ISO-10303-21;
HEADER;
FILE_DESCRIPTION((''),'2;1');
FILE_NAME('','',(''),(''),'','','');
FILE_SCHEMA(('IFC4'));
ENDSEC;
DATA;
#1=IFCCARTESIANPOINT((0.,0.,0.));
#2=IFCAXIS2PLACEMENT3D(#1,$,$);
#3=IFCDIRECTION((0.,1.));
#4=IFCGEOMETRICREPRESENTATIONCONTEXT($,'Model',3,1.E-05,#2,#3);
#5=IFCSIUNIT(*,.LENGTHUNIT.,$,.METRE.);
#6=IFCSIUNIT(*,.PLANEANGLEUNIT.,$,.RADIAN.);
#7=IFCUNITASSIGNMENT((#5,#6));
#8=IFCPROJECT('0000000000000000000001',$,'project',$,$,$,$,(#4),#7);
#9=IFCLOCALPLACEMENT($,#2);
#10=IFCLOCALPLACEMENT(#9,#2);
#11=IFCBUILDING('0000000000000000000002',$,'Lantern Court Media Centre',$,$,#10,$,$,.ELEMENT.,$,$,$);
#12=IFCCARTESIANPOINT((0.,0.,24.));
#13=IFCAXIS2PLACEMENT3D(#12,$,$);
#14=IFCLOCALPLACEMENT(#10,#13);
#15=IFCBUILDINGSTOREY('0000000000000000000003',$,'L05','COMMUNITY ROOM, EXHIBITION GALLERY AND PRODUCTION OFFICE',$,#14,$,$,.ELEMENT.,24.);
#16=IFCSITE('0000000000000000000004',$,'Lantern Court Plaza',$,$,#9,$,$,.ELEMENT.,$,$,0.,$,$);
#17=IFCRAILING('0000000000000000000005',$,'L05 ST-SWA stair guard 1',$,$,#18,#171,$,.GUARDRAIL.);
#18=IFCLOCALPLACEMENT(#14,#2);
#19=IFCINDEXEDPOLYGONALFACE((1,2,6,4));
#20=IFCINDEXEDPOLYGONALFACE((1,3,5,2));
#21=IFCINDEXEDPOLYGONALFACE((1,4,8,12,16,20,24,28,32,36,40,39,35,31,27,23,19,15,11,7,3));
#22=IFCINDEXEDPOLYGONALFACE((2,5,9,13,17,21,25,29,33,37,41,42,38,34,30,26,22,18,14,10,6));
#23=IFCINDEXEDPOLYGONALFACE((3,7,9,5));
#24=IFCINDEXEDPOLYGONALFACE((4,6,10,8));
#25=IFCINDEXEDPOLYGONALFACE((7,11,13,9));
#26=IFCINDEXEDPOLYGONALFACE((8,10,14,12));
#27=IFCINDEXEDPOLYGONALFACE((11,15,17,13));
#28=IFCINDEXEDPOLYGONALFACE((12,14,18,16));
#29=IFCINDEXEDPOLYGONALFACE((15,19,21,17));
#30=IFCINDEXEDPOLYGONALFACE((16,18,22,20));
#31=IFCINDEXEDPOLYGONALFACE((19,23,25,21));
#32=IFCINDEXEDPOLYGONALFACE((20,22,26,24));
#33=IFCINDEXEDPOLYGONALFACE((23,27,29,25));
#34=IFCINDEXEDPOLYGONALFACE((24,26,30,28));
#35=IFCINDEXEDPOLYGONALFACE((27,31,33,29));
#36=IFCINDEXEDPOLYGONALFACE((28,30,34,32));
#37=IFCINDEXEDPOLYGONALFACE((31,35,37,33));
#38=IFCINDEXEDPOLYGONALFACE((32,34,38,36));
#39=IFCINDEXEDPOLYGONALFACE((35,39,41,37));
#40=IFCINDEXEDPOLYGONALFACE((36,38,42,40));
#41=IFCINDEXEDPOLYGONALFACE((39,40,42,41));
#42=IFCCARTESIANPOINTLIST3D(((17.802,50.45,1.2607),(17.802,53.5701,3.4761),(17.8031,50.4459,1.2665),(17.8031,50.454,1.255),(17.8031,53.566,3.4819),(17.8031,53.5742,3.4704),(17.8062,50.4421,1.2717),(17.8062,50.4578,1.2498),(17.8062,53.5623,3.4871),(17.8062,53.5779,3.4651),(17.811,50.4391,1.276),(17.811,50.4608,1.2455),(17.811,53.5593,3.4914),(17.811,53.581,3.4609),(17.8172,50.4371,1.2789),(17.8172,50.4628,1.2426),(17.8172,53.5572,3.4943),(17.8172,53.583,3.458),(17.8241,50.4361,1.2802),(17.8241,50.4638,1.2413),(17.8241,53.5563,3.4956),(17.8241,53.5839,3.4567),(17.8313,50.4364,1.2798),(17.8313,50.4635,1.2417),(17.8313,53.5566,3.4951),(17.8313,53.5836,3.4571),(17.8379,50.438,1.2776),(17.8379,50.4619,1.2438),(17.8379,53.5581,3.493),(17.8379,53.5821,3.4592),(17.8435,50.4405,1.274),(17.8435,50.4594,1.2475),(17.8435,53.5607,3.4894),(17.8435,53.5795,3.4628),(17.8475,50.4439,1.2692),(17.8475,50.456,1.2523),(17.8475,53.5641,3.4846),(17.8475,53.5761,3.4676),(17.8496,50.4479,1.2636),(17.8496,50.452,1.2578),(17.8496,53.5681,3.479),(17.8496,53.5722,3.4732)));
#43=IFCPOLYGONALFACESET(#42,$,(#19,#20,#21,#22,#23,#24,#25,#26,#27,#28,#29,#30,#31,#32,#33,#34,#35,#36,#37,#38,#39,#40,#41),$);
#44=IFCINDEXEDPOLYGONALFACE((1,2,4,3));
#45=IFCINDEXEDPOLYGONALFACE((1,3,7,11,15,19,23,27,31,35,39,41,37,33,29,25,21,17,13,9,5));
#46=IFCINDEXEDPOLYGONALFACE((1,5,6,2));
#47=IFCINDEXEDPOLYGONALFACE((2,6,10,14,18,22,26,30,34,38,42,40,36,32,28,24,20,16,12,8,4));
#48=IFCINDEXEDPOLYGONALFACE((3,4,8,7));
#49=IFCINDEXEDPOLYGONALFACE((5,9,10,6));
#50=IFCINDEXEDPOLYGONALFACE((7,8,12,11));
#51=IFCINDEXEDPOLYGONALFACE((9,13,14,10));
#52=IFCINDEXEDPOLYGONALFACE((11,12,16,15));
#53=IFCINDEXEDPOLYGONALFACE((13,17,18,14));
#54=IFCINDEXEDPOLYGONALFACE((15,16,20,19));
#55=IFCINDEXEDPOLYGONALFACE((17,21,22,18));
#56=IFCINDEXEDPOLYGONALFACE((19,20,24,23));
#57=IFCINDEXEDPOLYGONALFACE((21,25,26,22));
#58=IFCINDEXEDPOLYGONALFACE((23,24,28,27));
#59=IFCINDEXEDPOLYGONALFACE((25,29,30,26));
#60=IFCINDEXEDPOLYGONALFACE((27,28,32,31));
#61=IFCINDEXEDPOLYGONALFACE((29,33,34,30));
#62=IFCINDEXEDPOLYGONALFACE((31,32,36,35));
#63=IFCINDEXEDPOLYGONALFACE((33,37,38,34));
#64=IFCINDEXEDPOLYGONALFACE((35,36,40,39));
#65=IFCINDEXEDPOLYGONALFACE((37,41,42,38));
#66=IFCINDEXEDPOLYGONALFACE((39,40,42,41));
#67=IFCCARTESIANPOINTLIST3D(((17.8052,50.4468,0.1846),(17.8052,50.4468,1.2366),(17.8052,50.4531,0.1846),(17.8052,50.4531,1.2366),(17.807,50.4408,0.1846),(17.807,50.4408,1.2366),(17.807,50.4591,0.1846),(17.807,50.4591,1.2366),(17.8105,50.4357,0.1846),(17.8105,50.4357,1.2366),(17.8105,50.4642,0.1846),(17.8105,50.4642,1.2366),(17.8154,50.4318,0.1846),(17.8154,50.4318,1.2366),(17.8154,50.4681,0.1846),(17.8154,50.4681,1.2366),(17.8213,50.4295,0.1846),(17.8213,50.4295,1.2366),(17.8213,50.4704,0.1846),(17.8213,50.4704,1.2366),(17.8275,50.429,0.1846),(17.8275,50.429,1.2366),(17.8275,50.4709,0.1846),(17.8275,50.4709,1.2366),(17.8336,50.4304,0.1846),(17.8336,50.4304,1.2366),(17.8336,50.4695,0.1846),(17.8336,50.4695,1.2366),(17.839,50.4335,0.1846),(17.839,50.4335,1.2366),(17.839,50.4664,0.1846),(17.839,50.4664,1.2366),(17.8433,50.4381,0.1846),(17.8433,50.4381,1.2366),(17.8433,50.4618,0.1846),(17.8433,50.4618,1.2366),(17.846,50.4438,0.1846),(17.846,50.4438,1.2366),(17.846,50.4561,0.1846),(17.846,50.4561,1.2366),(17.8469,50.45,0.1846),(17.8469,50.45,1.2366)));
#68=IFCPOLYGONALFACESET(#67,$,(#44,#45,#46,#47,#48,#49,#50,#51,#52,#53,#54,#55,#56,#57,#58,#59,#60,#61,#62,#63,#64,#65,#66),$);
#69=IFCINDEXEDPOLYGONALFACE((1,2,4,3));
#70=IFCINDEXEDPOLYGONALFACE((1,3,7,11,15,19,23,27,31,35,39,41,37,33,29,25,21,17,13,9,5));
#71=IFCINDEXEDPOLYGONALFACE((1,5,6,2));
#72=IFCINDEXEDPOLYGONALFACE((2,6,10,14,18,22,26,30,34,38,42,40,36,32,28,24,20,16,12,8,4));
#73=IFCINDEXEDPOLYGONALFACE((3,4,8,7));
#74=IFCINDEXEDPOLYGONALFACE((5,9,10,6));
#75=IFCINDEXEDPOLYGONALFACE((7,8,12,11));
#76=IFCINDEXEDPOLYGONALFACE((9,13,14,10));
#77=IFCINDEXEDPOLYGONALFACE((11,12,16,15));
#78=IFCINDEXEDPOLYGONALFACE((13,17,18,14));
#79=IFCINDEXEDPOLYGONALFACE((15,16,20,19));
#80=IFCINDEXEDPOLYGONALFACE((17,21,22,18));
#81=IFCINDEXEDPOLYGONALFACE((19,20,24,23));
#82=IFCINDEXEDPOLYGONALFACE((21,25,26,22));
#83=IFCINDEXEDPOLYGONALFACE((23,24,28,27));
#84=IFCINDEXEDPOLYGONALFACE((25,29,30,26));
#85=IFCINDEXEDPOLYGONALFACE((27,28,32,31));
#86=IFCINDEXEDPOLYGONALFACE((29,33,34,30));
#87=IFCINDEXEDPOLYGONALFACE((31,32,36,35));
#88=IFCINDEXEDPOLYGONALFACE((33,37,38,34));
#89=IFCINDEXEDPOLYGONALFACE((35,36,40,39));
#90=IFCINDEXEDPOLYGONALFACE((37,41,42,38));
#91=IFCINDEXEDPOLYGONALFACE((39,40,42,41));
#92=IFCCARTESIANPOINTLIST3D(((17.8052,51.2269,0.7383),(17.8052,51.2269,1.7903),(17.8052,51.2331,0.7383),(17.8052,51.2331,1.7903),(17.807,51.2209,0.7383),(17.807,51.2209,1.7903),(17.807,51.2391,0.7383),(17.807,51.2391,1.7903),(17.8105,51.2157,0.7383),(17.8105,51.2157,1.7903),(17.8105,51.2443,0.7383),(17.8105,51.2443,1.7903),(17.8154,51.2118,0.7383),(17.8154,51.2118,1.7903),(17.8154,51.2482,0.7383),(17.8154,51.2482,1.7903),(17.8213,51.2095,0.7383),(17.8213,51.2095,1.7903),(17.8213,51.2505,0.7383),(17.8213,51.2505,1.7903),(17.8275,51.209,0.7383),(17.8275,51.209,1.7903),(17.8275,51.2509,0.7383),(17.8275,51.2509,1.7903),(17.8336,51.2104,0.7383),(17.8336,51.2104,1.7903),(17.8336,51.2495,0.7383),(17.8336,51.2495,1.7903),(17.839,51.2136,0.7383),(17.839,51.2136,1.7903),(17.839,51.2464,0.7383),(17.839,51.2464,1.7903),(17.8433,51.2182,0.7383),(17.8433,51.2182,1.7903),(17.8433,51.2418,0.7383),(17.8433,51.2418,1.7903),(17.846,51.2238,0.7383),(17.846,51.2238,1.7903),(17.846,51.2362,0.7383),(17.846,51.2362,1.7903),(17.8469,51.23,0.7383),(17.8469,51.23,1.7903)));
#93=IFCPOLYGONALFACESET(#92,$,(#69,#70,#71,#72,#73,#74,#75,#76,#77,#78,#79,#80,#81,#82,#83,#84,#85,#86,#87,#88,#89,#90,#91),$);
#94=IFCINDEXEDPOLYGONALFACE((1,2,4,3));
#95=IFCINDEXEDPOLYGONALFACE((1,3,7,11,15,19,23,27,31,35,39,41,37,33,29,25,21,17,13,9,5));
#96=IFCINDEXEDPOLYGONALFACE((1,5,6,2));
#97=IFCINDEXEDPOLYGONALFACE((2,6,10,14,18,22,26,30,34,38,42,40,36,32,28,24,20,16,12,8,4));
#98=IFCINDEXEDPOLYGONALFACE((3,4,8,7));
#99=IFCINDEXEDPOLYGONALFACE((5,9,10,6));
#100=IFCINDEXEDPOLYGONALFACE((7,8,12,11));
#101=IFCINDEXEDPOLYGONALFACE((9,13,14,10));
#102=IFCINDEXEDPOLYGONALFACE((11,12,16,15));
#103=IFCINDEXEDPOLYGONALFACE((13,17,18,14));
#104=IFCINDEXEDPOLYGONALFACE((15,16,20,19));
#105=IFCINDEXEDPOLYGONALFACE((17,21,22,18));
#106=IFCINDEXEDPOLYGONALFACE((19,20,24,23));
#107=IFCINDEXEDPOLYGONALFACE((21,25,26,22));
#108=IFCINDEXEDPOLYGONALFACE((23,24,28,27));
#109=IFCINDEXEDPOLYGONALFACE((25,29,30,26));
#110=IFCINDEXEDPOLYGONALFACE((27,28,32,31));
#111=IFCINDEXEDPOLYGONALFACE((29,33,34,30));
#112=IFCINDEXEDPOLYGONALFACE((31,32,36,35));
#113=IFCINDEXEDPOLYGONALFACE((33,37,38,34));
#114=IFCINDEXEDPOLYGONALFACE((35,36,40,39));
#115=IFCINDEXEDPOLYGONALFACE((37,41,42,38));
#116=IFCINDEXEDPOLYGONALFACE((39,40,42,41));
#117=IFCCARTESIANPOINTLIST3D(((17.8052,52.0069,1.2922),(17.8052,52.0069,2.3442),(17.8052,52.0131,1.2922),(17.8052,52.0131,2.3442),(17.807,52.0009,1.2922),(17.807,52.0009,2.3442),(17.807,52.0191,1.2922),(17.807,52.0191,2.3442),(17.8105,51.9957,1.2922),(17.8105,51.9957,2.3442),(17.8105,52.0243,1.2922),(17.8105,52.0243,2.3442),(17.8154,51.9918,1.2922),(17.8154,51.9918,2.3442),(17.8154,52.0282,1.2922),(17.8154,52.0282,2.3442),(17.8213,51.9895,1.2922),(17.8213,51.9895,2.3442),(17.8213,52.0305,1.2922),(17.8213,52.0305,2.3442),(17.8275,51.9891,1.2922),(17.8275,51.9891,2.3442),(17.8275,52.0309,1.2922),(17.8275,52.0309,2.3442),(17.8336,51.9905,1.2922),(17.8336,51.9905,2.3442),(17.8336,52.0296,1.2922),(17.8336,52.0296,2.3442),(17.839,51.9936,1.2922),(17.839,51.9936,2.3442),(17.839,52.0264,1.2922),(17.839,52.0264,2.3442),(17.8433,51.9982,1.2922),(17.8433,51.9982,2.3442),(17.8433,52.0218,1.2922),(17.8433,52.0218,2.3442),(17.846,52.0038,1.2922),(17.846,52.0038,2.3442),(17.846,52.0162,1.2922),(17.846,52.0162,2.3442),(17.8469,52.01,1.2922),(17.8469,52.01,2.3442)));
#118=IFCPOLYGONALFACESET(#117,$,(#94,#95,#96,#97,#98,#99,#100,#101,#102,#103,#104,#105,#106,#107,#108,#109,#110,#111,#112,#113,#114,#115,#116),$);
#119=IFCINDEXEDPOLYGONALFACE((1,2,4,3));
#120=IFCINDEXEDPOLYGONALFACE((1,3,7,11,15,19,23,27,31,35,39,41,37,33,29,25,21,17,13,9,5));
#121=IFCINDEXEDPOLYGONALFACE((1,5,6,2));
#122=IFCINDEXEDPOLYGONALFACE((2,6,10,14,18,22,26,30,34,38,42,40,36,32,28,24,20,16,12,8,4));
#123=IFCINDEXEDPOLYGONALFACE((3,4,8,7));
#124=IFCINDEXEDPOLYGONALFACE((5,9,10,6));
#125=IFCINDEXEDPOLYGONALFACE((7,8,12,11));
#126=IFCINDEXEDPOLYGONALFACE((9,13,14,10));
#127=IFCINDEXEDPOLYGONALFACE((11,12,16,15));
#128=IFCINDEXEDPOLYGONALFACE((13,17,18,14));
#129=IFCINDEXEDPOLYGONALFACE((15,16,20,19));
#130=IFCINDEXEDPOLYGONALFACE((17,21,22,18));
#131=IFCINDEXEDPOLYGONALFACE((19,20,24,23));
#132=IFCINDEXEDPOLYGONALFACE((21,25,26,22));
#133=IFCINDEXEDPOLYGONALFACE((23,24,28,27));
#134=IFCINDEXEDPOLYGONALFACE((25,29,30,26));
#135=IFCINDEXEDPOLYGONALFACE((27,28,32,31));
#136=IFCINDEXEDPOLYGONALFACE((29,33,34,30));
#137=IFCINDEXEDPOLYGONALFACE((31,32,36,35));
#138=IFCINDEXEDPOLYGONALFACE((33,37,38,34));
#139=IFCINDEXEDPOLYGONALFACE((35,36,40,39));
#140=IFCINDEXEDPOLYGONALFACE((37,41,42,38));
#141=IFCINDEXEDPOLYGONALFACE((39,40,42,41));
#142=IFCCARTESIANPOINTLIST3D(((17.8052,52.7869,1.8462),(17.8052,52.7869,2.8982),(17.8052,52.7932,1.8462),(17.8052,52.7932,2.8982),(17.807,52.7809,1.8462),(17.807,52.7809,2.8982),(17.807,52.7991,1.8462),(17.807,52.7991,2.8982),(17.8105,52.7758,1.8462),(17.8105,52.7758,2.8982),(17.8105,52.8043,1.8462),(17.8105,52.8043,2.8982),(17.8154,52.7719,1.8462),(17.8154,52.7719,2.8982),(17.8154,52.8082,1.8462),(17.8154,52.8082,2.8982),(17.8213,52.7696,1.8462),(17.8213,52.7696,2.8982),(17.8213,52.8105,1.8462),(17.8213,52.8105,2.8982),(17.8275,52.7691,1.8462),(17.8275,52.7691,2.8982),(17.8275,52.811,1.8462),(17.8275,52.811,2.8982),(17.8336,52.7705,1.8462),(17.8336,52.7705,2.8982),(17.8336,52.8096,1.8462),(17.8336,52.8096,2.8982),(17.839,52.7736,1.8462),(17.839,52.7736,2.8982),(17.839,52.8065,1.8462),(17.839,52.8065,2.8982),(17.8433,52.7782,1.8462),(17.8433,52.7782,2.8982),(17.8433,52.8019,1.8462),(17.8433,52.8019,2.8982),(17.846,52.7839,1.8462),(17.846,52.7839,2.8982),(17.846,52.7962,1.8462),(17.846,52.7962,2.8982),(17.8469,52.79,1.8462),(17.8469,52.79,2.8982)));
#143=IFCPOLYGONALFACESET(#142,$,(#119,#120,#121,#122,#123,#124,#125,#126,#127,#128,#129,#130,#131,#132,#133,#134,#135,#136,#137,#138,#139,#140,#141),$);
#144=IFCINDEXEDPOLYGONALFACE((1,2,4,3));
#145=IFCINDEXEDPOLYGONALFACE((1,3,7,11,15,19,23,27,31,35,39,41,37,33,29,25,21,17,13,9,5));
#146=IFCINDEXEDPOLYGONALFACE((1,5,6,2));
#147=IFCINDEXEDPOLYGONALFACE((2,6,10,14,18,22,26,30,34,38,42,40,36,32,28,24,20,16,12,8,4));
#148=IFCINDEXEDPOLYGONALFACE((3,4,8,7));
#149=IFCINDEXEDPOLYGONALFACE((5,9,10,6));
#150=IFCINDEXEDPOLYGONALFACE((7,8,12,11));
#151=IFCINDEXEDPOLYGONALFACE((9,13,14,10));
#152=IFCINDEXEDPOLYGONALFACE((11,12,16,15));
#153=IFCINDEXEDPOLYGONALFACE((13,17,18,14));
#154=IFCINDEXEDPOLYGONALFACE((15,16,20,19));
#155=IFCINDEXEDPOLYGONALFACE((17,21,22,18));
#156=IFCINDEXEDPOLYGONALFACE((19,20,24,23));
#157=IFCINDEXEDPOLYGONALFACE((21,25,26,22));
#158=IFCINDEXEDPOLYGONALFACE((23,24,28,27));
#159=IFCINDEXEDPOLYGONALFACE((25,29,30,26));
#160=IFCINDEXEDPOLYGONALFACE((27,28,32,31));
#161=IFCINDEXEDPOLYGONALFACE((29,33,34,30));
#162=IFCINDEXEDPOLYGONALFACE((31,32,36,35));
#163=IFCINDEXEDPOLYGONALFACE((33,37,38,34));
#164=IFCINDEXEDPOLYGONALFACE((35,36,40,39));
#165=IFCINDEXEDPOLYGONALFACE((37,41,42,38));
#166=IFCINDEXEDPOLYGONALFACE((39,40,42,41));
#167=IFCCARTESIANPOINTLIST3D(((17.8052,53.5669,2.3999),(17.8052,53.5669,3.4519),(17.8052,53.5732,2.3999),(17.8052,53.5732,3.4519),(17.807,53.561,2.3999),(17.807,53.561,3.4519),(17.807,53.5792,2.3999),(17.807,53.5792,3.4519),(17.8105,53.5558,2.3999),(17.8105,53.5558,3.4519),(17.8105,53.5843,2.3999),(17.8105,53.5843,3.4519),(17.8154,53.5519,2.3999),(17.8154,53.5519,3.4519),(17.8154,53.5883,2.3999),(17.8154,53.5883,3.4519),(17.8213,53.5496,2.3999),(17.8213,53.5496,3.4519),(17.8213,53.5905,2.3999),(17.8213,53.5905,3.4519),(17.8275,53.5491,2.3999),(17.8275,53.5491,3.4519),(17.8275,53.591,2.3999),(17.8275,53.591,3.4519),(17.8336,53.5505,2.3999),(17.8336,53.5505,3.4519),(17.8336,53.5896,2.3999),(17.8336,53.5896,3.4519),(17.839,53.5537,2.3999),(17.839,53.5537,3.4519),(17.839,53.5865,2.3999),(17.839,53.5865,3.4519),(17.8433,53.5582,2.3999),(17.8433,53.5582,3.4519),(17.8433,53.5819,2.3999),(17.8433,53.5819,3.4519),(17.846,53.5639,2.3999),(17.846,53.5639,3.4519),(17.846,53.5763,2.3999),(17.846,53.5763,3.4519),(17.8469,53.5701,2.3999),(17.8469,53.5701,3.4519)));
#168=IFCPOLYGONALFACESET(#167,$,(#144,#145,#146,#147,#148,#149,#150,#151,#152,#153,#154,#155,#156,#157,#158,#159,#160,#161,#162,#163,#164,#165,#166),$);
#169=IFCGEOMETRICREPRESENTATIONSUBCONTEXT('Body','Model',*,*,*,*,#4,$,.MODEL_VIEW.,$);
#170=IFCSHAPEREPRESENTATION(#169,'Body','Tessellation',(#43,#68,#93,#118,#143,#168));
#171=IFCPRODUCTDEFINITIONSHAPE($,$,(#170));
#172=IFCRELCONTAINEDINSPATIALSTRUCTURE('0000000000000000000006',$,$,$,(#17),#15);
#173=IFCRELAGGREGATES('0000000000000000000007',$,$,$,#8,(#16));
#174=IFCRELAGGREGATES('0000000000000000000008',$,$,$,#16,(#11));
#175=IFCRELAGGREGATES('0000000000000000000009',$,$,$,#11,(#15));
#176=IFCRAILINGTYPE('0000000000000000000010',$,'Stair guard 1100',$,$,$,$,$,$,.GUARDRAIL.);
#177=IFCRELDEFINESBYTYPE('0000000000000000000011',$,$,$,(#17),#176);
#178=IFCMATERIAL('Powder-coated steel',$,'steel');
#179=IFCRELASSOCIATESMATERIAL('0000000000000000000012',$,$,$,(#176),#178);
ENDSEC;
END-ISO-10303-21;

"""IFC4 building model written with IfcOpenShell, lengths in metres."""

from ifc_helpers import new_model, si_unit, direction, frame, origin, origin_2d, place, context, subcontext, project, spatial, circle, extrude, material, type_object, element, save


model = new_model("IFC4")

# Units and contexts
model_context = context("Model", 3, precision=1e-05, world=origin(), true_north=direction((0.0, 1.0)))
body_context = subcontext(model_context, "Body", "Model", "MODEL_VIEW")
ifc_project = project(units=[si_unit("LENGTHUNIT", "METRE"), si_unit("PLANEANGLEUNIT", "RADIAN")], contexts=[model_context])

# Site, building, storey
site_placement = place(None, origin())
site = spatial("IfcSite", under=ifc_project, at=site_placement, Name="Lantern Court Plaza", CompositionType="ELEMENT", RefElevation=0.0)
building_placement = place(site_placement, origin())
building = spatial("IfcBuilding", under=site, at=building_placement, Name="Lantern Court Media Centre", CompositionType="ELEMENT")
storey_placement = place(building_placement, frame((0.0, 0.0, 24.0)))
storey = spatial("IfcBuildingStorey", under=building, at=storey_placement, Name="L05", Description="COMMUNITY ROOM, EXHIBITION GALLERY AND PRODUCTION OFFICE", CompositionType="ELEMENT", Elevation=24.0)

# Shared definitions
ifc_material_1 = material(Name="Powder-coated steel", Category="steel")

# Railing
railing_type_1 = type_object("IfcRailingType", Name="Stair guard 1100", PredefinedType="GUARDRAIL", material=ifc_material_1)
railing_1_placement = place(storey_placement, frame((17.8259, 50.45, 0.1846)))
element("IfcRailing", 1, at=railing_1_placement, inside=storey, type_object=railing_type_1, Name="L05 ST-SWA stair guard 1", PredefinedType="GUARDRAIL", context=body_context, shape_type="SweptSolid", body=[
    extrude(circle(Radius=0.0239, at=origin_2d()), frame((0.0, 0.0, 1.0762), z_axis=(0.0, 0.815377, 0.57893), x_axis=(-1.0, 0.0, 0.0)), (0.0, 0.0, 1.0), 3.8267),
    extrude(circle(Radius=0.021, at=origin_2d()), origin(), (0.0, 0.0, 1.0), 1.052),
    extrude(circle(Radius=0.021, at=origin_2d()), frame((0.0, 0.78, 0.5537)), (0.0, 0.0, 1.0), 1.052),
    extrude(circle(Radius=0.021, at=origin_2d()), frame((0.0, 1.5601, 1.1077)), (0.0, 0.0, 1.0), 1.052),
    extrude(circle(Radius=0.021, at=origin_2d()), frame((0.0, 2.3401, 1.6616)), (0.0, 0.0, 1.0), 1.052),
    extrude(circle(Radius=0.021, at=origin_2d()), frame((0.0, 3.1201, 2.2153)), (0.0, 0.0, 1.0), 1.052),
])

save(model, "model.ifc")
